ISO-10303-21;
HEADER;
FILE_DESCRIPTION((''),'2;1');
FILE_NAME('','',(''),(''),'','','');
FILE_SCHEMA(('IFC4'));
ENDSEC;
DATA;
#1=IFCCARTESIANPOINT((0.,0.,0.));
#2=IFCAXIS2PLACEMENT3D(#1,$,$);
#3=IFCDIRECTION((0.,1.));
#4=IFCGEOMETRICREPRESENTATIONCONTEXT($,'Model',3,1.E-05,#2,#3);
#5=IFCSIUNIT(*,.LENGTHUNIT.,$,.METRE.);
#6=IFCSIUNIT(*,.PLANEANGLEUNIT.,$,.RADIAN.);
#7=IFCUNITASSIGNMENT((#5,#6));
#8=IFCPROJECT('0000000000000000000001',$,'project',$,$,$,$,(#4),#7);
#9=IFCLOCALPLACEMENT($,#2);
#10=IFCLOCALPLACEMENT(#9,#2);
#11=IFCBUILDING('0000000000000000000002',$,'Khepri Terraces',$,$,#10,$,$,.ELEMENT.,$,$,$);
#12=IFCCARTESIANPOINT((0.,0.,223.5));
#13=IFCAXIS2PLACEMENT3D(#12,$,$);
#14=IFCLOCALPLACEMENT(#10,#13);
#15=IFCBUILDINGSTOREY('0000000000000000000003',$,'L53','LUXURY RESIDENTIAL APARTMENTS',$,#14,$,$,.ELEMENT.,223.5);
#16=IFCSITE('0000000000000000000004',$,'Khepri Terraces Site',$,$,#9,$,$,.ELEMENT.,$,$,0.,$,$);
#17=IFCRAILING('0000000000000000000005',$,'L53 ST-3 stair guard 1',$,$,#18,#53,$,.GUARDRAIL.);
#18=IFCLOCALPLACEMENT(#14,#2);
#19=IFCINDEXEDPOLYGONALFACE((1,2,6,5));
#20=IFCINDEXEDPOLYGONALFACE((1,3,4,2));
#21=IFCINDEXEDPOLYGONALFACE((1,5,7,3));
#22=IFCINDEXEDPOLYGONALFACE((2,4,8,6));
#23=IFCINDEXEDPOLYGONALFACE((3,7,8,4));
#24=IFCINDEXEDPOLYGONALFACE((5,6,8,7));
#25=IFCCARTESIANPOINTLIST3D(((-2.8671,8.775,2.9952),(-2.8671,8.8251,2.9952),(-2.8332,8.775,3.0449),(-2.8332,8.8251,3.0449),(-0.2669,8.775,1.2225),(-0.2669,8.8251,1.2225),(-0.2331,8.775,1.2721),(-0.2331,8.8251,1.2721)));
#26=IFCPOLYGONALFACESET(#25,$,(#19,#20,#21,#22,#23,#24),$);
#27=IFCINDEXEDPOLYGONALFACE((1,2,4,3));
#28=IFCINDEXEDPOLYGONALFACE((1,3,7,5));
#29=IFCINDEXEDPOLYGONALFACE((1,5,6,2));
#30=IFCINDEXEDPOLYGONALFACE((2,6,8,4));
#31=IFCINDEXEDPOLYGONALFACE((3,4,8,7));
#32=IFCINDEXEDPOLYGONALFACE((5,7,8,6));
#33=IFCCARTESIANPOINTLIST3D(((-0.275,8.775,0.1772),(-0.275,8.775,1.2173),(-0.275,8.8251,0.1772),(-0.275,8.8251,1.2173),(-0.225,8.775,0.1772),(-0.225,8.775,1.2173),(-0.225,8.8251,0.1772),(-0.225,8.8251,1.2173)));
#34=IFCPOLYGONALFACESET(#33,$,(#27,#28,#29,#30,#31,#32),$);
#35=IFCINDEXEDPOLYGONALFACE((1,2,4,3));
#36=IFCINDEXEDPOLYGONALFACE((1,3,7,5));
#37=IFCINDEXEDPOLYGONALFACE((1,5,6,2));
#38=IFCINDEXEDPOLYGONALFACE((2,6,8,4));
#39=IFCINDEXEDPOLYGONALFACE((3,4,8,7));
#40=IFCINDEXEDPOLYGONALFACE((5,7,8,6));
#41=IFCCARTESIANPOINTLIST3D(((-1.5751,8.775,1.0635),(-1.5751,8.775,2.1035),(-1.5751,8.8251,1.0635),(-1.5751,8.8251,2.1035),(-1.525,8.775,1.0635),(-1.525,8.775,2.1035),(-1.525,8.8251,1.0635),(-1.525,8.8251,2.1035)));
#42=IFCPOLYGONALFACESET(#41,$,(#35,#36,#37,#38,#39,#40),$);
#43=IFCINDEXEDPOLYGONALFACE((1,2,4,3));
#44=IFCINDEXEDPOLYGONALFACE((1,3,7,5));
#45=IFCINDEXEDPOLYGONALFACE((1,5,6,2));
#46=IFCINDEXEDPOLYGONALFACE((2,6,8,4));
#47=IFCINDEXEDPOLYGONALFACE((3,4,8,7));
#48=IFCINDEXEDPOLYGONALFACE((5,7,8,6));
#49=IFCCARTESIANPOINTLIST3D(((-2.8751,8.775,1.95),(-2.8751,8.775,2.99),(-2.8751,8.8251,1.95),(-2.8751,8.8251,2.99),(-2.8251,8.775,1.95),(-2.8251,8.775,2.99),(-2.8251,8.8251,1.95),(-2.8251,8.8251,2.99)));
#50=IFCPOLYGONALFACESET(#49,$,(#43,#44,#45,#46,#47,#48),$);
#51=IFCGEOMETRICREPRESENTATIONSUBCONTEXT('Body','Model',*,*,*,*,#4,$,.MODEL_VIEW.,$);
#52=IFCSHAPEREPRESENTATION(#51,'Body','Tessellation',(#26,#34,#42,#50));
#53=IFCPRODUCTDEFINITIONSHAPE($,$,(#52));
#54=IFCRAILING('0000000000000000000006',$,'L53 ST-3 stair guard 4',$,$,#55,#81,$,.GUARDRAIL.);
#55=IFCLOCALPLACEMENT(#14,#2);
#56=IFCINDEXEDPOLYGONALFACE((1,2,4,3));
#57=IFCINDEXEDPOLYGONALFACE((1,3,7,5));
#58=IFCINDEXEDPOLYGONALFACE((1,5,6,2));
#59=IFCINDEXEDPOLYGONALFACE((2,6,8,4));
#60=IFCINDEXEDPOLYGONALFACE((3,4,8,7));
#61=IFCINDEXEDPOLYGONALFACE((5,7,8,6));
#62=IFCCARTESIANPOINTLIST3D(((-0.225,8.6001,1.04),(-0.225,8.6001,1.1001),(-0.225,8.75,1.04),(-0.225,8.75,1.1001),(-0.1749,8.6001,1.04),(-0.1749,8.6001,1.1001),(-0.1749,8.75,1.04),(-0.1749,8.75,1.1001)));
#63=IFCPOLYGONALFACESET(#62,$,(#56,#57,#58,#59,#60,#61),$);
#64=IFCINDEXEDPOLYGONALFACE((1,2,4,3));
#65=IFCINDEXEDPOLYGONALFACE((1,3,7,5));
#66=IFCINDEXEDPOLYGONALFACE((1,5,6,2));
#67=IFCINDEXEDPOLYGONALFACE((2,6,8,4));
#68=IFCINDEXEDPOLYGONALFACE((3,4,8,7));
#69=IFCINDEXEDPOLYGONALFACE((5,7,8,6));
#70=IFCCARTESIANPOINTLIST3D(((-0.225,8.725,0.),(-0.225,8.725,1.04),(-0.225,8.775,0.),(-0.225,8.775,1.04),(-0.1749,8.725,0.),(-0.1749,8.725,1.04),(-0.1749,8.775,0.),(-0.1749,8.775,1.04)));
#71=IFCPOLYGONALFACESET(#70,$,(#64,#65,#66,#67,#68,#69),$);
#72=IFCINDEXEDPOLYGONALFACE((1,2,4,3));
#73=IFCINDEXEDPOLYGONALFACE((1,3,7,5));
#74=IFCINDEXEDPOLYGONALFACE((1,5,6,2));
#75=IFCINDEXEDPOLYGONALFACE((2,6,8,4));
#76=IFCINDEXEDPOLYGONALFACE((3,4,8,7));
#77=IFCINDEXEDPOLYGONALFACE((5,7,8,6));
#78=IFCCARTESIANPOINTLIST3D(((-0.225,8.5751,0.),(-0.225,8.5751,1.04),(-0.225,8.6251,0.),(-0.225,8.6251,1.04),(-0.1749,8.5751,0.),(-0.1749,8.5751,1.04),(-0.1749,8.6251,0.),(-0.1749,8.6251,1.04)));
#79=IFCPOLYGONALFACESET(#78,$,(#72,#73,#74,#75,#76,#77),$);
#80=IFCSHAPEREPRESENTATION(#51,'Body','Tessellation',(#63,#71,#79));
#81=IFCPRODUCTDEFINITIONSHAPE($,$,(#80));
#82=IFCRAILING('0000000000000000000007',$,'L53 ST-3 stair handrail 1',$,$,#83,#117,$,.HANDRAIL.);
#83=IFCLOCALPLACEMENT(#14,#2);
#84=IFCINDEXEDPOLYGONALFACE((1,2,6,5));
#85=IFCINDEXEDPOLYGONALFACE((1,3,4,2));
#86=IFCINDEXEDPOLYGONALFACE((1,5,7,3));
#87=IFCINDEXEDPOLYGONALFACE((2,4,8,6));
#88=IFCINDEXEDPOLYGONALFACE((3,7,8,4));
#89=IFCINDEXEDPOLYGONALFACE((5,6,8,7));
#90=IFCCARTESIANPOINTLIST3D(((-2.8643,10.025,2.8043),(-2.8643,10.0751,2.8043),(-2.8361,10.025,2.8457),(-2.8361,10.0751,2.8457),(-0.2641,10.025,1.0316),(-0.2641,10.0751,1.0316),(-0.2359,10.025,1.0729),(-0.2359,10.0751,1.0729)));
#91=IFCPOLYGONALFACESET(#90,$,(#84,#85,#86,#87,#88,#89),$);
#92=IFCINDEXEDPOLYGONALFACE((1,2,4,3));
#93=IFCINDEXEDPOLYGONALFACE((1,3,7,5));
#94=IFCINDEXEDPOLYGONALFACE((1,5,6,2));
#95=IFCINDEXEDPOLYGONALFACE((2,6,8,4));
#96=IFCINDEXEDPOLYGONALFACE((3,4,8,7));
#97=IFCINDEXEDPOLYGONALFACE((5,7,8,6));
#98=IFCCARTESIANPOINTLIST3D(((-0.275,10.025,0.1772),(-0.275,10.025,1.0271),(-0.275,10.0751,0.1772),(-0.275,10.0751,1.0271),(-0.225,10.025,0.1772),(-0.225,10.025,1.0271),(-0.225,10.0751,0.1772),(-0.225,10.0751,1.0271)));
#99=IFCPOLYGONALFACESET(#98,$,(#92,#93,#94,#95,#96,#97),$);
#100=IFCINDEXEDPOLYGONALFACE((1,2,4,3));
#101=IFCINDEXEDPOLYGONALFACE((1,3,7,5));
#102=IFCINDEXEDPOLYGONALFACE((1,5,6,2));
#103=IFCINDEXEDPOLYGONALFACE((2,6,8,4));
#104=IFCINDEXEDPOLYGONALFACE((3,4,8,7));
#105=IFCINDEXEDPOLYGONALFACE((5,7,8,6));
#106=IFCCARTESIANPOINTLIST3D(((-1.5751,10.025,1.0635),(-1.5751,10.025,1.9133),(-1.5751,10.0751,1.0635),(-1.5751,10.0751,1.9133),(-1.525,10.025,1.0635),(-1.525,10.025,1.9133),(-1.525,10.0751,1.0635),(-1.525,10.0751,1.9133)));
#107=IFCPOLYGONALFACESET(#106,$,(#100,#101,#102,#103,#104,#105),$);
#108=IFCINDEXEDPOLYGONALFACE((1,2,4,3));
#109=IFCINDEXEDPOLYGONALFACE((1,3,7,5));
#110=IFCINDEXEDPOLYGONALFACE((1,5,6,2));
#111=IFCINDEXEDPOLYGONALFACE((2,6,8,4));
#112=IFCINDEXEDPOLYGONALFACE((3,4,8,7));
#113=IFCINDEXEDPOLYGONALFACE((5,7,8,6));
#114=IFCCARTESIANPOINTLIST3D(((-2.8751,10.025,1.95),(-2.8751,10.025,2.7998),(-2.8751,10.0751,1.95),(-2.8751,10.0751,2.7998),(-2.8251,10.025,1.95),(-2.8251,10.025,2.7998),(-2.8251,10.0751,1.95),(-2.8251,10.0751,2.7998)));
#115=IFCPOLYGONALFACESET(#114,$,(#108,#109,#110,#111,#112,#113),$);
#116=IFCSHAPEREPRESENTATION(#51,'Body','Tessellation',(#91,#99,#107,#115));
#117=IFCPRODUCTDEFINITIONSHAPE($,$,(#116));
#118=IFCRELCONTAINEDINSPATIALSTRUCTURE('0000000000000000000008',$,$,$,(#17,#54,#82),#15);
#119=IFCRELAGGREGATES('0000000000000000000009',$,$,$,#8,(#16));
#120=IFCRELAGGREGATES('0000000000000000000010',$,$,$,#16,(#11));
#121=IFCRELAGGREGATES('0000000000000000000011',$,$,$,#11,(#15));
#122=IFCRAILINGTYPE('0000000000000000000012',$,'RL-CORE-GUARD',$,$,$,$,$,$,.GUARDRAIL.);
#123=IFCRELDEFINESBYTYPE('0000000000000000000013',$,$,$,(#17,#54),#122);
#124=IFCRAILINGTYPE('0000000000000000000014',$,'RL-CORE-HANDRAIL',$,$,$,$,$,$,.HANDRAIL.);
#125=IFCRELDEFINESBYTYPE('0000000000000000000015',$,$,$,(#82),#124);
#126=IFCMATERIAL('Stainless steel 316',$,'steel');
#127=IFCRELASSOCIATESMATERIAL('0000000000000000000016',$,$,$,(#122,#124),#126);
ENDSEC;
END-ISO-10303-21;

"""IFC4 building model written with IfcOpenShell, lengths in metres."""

from ifc_helpers import new_model, si_unit, direction, frame, origin, origin_2d, place, context, subcontext, project, spatial, rectangle, extrude, material, type_object, element, save


model = new_model("IFC4")

# Units and contexts
model_context = context("Model", 3, precision=1e-05, world=origin(), true_north=direction((0.0, 1.0)))
body_context = subcontext(model_context, "Body", "Model", "MODEL_VIEW")
ifc_project = project(units=[si_unit("LENGTHUNIT", "METRE"), si_unit("PLANEANGLEUNIT", "RADIAN")], contexts=[model_context])

# Site, building, storey
site_placement = place(None, origin())
site = spatial("IfcSite", under=ifc_project, at=site_placement, Name="Khepri Terraces Site", CompositionType="ELEMENT", RefElevation=0.0)
building_placement = place(site_placement, origin())
building = spatial("IfcBuilding", under=site, at=building_placement, Name="Khepri Terraces", CompositionType="ELEMENT")
storey_placement = place(building_placement, frame((0.0, 0.0, 223.5)))
storey = spatial("IfcBuildingStorey", under=building, at=storey_placement, Name="L53", Description="LUXURY RESIDENTIAL APARTMENTS", CompositionType="ELEMENT", Elevation=223.5)

# Railings
ifc_material_1 = material(Name="Stainless steel 316", Category="steel")
railing_type_1 = type_object("IfcRailingType", Name="RL-CORE-GUARD", PredefinedType="GUARDRAIL", material=ifc_material_1)
railing_1_placement = place(storey_placement, frame((-0.25, 8.8, 0.1772)))
element("IfcRailing", 1, at=railing_1_placement, inside=storey, type_object=railing_type_1, Name="L53 ST-3 stair guard 1", PredefinedType="GUARDRAIL", context=body_context, shape_type="SweptSolid", body=[
    extrude(rectangle(XDim=0.05, YDim=0.0601, at=origin_2d()), frame((0.0, 0.0, 1.0701), z_axis=(-0.82624, 0.0, 0.563318), x_axis=(0.0, -1.0, 0.0)), (0.0, 0.0, 1.0), 3.147),
    extrude(rectangle(XDim=0.05, YDim=0.05, at=origin_2d()), origin(), (0.0, 0.0, 1.0), 1.04),
    extrude(rectangle(XDim=0.05, YDim=0.05, at=origin_2d()), frame((-1.3, 0.0, 0.8862)), (0.0, 0.0, 1.0), 1.04),
    extrude(rectangle(XDim=0.05, YDim=0.05, at=origin_2d()), frame((-2.6001, 0.0, 1.7727)), (0.0, 0.0, 1.0), 1.04),
])
railing_2_placement = place(storey_placement, frame((-0.2, 8.75, 0.0)))
element("IfcRailing", 2, at=railing_2_placement, inside=storey, type_object=railing_type_1, Name="L53 ST-3 stair guard 4", PredefinedType="GUARDRAIL", context=body_context, shape_type="SweptSolid", body=[
    extrude(rectangle(XDim=0.05, YDim=0.0601, at=origin_2d()), frame((0.0, 0.0, 1.0701), z_axis=(0.0, -1.0, 0.0), x_axis=(1.0, 0.0, 0.0)), (0.0, 0.0, 1.0), 0.1499),
    extrude(rectangle(XDim=0.05, YDim=0.05, at=origin_2d()), origin(), (0.0, 0.0, 1.0), 1.04),
    extrude(rectangle(XDim=0.05, YDim=0.05, at=origin_2d()), frame((0.0, -0.1499, 0.0)), (0.0, 0.0, 1.0), 1.04),
])
railing_type_2 = type_object("IfcRailingType", Name="RL-CORE-HANDRAIL", PredefinedType="HANDRAIL", material=ifc_material_1)
railing_3_placement = place(storey_placement, frame((-0.25, 10.05, 0.1772)))
element("IfcRailing", 3, at=railing_3_placement, inside=storey, type_object=railing_type_2, Name="L53 ST-3 stair handrail 1", PredefinedType="HANDRAIL", context=body_context, shape_type="SweptSolid", body=[
    extrude(rectangle(XDim=0.05, YDim=0.05, at=origin_2d()), frame((0.0, 0.0, 0.875), z_axis=(-0.82624, 0.0, 0.563318), x_axis=(0.0, -1.0, 0.0)), (0.0, 0.0, 1.0), 3.147),
    extrude(rectangle(XDim=0.05, YDim=0.05, at=origin_2d()), origin(), (0.0, 0.0, 1.0), 0.8499),
    extrude(rectangle(XDim=0.05, YDim=0.05, at=origin_2d()), frame((-1.3, 0.0, 0.8862)), (0.0, 0.0, 1.0), 0.8499),
    extrude(rectangle(XDim=0.05, YDim=0.05, at=origin_2d()), frame((-2.6001, 0.0, 1.7727)), (0.0, 0.0, 1.0), 0.8499),
])

save(model, "model.ifc")
